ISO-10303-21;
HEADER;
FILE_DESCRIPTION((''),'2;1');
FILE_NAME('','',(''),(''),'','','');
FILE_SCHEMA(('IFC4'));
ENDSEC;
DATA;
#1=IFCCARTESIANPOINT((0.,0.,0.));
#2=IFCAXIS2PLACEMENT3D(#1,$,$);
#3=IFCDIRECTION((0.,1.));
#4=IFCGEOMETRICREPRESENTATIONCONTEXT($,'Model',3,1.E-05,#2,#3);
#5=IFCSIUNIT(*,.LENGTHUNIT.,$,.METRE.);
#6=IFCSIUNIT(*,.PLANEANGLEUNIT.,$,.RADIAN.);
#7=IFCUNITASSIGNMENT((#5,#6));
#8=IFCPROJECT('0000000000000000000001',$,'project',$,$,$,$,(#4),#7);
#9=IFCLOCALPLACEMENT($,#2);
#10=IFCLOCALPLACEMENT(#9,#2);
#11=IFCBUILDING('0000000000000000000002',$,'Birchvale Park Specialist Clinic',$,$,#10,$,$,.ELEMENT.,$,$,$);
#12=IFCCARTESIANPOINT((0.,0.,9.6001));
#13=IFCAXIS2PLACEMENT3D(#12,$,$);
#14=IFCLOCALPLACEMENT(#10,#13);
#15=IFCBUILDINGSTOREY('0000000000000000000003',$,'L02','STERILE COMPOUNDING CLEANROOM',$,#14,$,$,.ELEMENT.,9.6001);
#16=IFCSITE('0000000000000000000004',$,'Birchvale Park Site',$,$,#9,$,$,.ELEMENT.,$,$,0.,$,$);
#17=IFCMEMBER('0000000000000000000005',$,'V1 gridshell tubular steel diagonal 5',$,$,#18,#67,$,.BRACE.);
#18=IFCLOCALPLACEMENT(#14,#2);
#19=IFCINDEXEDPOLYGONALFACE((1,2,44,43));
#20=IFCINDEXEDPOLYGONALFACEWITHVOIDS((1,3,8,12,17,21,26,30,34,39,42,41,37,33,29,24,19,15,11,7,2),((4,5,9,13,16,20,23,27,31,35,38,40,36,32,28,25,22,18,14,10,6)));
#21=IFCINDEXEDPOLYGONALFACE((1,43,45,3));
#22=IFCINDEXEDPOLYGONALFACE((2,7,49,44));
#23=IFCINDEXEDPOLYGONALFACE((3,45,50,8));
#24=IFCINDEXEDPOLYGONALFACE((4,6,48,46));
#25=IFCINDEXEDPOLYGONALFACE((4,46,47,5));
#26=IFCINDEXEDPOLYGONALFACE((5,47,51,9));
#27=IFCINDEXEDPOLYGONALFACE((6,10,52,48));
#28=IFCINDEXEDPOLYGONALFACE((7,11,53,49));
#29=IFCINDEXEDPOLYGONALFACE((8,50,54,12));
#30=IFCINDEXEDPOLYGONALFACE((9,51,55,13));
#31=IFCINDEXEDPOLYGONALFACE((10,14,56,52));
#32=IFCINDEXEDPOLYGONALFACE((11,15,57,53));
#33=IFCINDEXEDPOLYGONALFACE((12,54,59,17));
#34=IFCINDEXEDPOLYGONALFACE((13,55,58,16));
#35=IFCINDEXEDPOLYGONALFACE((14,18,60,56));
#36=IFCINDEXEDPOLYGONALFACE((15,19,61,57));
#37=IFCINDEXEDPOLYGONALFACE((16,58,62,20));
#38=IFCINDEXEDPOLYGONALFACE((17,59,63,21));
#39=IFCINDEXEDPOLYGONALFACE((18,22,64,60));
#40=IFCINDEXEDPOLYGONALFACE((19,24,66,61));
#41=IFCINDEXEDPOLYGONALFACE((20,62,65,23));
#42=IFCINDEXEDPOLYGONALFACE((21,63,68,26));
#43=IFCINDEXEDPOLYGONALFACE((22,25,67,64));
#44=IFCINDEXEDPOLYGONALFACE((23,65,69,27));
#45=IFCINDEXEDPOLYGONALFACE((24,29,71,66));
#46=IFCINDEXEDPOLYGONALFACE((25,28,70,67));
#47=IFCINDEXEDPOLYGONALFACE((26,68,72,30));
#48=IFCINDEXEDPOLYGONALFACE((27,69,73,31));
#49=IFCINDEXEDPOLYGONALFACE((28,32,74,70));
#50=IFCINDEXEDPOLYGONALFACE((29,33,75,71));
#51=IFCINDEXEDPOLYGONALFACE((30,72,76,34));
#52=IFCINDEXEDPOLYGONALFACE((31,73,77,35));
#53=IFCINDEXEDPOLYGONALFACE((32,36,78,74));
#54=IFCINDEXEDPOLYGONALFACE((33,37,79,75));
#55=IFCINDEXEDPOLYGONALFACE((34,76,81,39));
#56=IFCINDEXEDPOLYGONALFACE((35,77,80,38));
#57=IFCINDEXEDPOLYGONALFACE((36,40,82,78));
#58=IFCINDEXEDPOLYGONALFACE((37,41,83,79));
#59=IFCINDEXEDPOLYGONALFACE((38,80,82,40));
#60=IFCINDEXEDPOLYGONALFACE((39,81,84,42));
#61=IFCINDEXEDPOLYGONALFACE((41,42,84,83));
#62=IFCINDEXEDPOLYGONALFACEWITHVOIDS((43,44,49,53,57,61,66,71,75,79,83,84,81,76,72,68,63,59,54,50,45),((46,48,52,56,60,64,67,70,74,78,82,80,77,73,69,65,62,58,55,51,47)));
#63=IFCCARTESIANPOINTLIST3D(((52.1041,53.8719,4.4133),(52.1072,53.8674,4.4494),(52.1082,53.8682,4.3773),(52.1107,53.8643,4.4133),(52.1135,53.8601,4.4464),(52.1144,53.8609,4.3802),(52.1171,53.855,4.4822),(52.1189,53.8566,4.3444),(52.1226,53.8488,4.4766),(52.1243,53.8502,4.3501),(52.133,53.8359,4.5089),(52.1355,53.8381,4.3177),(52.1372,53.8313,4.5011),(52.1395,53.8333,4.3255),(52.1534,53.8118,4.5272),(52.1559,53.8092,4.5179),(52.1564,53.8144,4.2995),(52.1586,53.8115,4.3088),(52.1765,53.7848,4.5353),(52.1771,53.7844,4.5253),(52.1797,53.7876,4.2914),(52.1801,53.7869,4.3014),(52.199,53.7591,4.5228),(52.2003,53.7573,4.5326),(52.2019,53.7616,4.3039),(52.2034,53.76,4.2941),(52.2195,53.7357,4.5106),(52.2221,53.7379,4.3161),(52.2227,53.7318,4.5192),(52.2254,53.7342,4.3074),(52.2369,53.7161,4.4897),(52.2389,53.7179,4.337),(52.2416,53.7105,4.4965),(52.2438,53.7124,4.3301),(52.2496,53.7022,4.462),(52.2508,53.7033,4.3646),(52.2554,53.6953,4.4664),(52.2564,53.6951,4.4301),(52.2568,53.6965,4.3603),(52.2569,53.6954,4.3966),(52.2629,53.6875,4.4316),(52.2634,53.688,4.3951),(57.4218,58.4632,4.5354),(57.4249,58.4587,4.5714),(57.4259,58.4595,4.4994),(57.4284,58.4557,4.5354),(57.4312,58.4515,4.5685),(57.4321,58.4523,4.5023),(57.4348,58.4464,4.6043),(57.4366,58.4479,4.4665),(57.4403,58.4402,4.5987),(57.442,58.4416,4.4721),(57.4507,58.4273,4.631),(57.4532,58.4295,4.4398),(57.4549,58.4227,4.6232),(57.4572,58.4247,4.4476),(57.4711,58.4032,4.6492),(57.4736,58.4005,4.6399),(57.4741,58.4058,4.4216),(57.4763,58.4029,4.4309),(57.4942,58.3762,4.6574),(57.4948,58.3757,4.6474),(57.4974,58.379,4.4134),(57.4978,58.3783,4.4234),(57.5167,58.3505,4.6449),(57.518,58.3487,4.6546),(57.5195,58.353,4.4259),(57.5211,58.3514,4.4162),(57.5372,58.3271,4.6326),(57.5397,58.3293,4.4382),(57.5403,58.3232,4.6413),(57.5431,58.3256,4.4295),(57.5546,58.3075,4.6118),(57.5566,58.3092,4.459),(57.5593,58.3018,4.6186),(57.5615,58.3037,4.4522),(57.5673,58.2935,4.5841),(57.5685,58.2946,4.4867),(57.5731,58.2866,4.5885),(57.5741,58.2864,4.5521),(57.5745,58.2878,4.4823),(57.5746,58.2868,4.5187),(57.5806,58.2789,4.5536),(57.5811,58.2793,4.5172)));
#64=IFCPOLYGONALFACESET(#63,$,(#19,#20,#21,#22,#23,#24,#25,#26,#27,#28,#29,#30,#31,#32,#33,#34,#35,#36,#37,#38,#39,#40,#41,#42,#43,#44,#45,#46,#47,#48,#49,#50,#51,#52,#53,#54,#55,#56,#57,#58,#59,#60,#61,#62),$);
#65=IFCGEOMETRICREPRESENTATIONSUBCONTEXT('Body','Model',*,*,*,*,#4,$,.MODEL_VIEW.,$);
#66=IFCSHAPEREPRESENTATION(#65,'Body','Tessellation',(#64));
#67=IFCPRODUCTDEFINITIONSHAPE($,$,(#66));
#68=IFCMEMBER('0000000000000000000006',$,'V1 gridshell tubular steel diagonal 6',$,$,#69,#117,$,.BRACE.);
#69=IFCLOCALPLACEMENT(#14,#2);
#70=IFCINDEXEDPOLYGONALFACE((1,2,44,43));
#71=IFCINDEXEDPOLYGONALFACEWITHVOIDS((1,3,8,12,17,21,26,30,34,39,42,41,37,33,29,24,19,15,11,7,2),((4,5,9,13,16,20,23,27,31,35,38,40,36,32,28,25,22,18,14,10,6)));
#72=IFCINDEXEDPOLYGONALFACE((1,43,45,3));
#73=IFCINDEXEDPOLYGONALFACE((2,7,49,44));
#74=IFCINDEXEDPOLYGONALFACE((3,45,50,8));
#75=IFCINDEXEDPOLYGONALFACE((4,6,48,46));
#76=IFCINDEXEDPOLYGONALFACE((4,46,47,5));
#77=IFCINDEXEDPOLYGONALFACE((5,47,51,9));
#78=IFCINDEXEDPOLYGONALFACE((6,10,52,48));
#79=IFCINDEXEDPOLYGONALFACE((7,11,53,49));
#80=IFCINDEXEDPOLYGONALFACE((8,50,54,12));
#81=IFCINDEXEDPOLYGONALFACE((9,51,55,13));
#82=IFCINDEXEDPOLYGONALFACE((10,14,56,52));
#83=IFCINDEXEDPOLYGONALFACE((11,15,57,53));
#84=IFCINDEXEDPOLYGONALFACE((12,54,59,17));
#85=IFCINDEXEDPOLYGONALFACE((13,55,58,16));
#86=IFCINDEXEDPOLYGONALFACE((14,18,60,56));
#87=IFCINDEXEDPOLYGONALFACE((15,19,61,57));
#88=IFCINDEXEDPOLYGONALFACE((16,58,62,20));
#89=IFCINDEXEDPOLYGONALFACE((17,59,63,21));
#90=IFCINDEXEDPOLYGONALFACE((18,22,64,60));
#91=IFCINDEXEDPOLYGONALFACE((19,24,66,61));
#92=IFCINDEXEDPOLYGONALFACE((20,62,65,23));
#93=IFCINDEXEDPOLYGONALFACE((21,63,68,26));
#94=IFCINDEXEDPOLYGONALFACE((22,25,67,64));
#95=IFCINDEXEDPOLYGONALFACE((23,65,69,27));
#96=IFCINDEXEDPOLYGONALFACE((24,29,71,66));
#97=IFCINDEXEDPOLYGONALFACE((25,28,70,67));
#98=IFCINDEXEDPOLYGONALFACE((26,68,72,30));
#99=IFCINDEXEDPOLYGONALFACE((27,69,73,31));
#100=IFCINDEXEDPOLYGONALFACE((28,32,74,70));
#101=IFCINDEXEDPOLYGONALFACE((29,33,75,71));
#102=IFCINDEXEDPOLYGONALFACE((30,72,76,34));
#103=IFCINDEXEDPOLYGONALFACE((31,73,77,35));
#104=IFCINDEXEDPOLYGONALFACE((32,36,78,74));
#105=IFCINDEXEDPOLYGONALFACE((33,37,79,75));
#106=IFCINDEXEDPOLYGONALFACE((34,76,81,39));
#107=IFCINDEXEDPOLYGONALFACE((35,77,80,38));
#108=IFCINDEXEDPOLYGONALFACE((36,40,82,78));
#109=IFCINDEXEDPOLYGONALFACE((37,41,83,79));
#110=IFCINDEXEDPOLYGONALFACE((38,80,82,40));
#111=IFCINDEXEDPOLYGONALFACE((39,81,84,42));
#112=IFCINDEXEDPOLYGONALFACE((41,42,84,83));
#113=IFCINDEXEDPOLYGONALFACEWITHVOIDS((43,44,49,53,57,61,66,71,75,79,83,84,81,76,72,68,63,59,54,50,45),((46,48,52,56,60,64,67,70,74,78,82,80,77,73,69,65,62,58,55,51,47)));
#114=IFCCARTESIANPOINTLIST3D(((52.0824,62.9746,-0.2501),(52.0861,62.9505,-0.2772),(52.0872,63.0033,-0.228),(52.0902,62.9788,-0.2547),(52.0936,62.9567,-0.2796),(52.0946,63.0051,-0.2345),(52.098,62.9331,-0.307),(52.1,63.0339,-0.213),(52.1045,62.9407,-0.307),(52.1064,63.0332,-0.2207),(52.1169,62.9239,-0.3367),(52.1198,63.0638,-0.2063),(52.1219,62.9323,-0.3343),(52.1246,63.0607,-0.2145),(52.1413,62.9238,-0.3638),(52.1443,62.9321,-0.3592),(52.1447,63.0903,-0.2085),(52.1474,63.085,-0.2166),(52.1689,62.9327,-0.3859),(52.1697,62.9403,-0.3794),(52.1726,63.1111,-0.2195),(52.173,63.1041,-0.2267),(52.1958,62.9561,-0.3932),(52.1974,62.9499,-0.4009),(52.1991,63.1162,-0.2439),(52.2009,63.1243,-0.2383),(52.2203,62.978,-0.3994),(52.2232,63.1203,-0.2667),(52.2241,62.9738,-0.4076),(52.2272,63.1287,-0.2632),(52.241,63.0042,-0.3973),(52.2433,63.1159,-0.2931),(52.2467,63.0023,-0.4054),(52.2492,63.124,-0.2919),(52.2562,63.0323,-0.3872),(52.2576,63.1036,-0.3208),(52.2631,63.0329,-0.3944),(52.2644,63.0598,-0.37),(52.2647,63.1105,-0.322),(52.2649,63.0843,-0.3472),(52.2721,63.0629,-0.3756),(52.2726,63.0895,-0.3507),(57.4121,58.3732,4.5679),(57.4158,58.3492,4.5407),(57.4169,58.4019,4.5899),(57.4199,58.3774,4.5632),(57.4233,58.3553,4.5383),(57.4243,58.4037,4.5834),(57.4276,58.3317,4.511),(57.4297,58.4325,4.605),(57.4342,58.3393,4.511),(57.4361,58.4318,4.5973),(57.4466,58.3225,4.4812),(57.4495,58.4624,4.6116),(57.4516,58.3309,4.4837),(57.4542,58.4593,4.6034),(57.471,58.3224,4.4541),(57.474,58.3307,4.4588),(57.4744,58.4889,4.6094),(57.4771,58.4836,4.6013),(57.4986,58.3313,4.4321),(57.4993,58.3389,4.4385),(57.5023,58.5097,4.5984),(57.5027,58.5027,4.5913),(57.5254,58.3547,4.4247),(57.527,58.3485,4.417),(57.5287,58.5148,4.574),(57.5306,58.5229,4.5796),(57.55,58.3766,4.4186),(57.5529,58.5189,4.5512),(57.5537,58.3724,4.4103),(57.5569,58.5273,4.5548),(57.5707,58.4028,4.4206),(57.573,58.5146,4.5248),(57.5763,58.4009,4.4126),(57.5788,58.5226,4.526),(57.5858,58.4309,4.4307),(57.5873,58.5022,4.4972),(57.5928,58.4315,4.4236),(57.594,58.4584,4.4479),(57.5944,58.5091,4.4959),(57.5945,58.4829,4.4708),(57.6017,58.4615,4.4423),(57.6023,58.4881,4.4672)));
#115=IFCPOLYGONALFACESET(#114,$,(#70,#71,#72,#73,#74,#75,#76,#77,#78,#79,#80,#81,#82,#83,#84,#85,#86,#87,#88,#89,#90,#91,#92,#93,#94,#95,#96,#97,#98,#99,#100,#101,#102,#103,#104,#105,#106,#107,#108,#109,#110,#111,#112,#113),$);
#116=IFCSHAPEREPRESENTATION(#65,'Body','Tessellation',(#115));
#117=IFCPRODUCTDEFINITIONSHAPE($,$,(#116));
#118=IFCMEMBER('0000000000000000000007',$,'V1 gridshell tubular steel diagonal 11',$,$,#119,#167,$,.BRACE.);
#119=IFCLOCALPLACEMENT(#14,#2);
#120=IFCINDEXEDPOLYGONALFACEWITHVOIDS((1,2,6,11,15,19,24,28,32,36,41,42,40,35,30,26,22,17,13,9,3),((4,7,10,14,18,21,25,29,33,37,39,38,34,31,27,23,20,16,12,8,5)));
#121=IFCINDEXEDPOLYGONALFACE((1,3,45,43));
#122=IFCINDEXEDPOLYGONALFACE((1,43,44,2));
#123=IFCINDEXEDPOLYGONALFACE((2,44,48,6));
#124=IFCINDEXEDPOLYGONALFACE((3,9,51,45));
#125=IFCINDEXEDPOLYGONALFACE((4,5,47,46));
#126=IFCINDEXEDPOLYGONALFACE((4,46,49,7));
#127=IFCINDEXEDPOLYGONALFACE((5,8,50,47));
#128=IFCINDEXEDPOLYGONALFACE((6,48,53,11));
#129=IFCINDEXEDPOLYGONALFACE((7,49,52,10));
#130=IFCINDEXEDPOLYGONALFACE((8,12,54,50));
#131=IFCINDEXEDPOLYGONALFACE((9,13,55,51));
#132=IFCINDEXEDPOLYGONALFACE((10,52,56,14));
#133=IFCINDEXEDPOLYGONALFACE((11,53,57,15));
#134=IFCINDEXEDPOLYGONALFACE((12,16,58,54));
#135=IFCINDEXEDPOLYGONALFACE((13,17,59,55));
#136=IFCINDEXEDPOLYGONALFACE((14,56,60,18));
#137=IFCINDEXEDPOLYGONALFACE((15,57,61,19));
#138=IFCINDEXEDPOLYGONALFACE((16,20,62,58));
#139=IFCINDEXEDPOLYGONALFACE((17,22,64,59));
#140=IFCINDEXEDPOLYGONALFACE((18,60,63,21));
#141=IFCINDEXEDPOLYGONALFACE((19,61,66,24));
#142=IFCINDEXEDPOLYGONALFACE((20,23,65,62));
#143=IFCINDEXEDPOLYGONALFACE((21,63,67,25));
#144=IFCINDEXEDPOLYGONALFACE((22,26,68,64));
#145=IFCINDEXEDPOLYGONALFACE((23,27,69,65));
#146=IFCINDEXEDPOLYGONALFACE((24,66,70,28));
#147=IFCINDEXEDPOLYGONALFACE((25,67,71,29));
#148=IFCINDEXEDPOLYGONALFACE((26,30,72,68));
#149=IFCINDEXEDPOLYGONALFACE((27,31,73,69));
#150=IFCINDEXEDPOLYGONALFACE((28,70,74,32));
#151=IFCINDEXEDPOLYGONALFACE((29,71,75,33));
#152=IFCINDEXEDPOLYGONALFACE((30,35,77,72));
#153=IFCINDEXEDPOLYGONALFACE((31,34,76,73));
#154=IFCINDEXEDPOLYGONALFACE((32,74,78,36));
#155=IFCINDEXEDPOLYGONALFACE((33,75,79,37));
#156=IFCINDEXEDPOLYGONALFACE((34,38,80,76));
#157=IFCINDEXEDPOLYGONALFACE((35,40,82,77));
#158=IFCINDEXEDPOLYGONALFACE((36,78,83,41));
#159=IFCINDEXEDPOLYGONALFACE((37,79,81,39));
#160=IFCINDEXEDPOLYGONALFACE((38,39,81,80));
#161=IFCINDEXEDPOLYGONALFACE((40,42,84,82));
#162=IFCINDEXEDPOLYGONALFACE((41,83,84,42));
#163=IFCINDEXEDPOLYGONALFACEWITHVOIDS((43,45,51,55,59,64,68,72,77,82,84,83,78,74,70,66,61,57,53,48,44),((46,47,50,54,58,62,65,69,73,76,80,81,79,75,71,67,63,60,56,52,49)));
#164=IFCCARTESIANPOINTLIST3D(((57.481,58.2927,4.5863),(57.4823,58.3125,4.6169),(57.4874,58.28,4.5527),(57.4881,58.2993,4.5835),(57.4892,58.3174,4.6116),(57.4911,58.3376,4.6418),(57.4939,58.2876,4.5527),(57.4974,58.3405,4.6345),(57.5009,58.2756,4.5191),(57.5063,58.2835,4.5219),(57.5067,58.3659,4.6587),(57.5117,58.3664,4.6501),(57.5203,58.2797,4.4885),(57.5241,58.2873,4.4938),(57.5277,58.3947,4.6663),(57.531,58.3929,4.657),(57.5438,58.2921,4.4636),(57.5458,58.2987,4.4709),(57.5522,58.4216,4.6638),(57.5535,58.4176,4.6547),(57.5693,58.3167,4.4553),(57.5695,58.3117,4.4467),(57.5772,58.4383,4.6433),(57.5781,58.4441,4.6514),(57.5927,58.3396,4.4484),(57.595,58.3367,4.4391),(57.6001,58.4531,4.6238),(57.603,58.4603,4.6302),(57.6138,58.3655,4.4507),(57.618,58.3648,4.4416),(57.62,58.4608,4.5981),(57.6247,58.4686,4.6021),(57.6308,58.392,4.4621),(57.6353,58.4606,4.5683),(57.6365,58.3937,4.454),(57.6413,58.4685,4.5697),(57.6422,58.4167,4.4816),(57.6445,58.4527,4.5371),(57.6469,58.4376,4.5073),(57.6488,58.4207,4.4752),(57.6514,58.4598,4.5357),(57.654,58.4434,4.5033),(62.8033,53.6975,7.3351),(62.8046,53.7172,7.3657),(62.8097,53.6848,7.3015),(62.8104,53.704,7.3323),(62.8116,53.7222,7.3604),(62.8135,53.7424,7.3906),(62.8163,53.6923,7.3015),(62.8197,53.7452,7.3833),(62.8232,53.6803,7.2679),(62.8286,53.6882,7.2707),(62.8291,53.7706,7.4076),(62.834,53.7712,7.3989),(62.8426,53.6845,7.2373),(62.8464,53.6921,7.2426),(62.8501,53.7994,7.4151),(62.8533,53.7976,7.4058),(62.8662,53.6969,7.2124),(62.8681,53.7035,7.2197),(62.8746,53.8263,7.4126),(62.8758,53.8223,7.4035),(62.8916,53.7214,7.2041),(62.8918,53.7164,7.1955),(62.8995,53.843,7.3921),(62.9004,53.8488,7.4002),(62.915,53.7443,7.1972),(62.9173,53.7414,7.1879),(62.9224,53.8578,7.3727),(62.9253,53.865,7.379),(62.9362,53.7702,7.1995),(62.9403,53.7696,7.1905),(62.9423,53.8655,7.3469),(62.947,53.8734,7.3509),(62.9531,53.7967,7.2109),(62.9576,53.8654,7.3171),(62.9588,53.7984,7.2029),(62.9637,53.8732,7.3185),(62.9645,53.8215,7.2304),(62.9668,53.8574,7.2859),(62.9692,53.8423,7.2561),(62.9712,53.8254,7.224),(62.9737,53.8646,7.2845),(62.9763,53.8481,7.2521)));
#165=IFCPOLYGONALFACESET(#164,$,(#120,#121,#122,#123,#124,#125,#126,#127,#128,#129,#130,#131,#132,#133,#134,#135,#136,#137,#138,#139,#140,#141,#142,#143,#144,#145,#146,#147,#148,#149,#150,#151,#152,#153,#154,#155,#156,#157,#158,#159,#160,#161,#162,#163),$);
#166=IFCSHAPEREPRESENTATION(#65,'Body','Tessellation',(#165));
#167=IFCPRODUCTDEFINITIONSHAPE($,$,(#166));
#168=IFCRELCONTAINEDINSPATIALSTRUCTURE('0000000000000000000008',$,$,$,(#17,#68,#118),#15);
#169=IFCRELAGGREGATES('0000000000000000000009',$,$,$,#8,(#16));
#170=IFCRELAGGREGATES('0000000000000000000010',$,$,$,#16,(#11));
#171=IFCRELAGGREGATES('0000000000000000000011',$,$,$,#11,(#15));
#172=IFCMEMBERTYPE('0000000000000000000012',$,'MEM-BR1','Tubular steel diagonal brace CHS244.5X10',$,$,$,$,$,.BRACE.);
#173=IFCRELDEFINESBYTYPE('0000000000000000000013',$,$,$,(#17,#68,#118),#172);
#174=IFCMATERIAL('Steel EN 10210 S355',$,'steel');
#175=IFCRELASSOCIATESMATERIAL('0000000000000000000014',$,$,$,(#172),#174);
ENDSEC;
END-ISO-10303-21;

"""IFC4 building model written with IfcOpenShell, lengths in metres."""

from ifc_helpers import new_model, si_unit, direction, frame, origin, origin_2d, place, context, subcontext, project, spatial, hollow_circle, extrude, material, material_profile, profile_set, type_object, element, save


model = new_model("IFC4")

# Units and contexts
model_context = context("Model", 3, precision=1e-05, world=origin(), true_north=direction((0.0, 1.0)))
body_context = subcontext(model_context, "Body", "Model", "MODEL_VIEW")
ifc_project = project(units=[si_unit("LENGTHUNIT", "METRE"), si_unit("PLANEANGLEUNIT", "RADIAN")], contexts=[model_context])

# Site, building, storey
site_placement = place(None, origin())
site = spatial("IfcSite", under=ifc_project, at=site_placement, Name="Birchvale Park Site", CompositionType="ELEMENT", RefElevation=0.0)
building_placement = place(site_placement, origin())
building = spatial("IfcBuilding", under=site, at=building_placement, Name="Birchvale Park Specialist Clinic", CompositionType="ELEMENT")
storey_placement = place(building_placement, frame((0.0, 0.0, 9.6001)))
storey = spatial("IfcBuildingStorey", under=building, at=storey_placement, Name="L02", Description="STERILE COMPOUNDING CLEANROOM", CompositionType="ELEMENT", Elevation=9.6001)

# Members
ifc_material_1 = material(Name="Steel EN 10210 S355", Category="steel")
ifc_material_profile_1 = material_profile(ifc_material_1, hollow_circle(Radius=0.1223, WallThickness=0.01, at=origin_2d()), Name="CHS244.5X10")
ifc_profile_set_1 = profile_set([ifc_material_profile_1], Name="Steel EN 10210 S355")
member_type_1 = type_object("IfcMemberType", Name="MEM-BR1", Description="Tubular steel diagonal brace CHS244.5X10", PredefinedType="BRACE", material=ifc_profile_set_1)
member_1_placement = place(storey_placement, frame((52.1841, 53.7793, 4.4133), z_axis=(0.756792, 0.653424, 0.017373), x_axis=(-0.653523, 0.756907, 0.0)))
element("IfcMember", 1, at=member_1_placement, inside=storey, type_object=member_type_1, Name="V1 gridshell tubular steel diagonal 5", PredefinedType="BRACE", context=body_context, shape_type="SweptSolid", body=[
    extrude(hollow_circle(Radius=0.1223, WallThickness=0.01, at=origin_2d()), origin(), (0.0, 0.0, 1.0), 7.0266),
])
member_2_placement = place(storey_placement, frame((57.5076, 58.4243, 4.511), z_axis=(-0.624687, 0.539325, -0.564708), x_axis=(-0.653497, -0.756929, 0.0)))
element("IfcMember", 2, at=member_2_placement, inside=storey, type_object=member_type_1, Name="V1 gridshell tubular steel diagonal 6", PredefinedType="BRACE", context=body_context, shape_type="SweptSolid", body=[
    extrude(hollow_circle(Radius=0.1223, WallThickness=0.01, at=origin_2d()), origin(), (0.0, 0.0, 1.0), 8.5317),
])
member_3_placement = place(storey_placement, frame((62.8896, 53.7773, 7.3015), z_axis=(-0.704962, 0.60866, -0.36409), x_axis=(-0.653515, -0.756914, 0.0)))
element("IfcMember", 3, at=member_3_placement, inside=storey, type_object=member_type_1, Name="V1 gridshell tubular steel diagonal 11", PredefinedType="BRACE", context=body_context, shape_type="SweptSolid", body=[
    extrude(hollow_circle(Radius=0.1223, WallThickness=0.01, at=origin_2d()), origin(), (0.0, 0.0, 1.0), 7.5498),
])

save(model, "model.ifc")
